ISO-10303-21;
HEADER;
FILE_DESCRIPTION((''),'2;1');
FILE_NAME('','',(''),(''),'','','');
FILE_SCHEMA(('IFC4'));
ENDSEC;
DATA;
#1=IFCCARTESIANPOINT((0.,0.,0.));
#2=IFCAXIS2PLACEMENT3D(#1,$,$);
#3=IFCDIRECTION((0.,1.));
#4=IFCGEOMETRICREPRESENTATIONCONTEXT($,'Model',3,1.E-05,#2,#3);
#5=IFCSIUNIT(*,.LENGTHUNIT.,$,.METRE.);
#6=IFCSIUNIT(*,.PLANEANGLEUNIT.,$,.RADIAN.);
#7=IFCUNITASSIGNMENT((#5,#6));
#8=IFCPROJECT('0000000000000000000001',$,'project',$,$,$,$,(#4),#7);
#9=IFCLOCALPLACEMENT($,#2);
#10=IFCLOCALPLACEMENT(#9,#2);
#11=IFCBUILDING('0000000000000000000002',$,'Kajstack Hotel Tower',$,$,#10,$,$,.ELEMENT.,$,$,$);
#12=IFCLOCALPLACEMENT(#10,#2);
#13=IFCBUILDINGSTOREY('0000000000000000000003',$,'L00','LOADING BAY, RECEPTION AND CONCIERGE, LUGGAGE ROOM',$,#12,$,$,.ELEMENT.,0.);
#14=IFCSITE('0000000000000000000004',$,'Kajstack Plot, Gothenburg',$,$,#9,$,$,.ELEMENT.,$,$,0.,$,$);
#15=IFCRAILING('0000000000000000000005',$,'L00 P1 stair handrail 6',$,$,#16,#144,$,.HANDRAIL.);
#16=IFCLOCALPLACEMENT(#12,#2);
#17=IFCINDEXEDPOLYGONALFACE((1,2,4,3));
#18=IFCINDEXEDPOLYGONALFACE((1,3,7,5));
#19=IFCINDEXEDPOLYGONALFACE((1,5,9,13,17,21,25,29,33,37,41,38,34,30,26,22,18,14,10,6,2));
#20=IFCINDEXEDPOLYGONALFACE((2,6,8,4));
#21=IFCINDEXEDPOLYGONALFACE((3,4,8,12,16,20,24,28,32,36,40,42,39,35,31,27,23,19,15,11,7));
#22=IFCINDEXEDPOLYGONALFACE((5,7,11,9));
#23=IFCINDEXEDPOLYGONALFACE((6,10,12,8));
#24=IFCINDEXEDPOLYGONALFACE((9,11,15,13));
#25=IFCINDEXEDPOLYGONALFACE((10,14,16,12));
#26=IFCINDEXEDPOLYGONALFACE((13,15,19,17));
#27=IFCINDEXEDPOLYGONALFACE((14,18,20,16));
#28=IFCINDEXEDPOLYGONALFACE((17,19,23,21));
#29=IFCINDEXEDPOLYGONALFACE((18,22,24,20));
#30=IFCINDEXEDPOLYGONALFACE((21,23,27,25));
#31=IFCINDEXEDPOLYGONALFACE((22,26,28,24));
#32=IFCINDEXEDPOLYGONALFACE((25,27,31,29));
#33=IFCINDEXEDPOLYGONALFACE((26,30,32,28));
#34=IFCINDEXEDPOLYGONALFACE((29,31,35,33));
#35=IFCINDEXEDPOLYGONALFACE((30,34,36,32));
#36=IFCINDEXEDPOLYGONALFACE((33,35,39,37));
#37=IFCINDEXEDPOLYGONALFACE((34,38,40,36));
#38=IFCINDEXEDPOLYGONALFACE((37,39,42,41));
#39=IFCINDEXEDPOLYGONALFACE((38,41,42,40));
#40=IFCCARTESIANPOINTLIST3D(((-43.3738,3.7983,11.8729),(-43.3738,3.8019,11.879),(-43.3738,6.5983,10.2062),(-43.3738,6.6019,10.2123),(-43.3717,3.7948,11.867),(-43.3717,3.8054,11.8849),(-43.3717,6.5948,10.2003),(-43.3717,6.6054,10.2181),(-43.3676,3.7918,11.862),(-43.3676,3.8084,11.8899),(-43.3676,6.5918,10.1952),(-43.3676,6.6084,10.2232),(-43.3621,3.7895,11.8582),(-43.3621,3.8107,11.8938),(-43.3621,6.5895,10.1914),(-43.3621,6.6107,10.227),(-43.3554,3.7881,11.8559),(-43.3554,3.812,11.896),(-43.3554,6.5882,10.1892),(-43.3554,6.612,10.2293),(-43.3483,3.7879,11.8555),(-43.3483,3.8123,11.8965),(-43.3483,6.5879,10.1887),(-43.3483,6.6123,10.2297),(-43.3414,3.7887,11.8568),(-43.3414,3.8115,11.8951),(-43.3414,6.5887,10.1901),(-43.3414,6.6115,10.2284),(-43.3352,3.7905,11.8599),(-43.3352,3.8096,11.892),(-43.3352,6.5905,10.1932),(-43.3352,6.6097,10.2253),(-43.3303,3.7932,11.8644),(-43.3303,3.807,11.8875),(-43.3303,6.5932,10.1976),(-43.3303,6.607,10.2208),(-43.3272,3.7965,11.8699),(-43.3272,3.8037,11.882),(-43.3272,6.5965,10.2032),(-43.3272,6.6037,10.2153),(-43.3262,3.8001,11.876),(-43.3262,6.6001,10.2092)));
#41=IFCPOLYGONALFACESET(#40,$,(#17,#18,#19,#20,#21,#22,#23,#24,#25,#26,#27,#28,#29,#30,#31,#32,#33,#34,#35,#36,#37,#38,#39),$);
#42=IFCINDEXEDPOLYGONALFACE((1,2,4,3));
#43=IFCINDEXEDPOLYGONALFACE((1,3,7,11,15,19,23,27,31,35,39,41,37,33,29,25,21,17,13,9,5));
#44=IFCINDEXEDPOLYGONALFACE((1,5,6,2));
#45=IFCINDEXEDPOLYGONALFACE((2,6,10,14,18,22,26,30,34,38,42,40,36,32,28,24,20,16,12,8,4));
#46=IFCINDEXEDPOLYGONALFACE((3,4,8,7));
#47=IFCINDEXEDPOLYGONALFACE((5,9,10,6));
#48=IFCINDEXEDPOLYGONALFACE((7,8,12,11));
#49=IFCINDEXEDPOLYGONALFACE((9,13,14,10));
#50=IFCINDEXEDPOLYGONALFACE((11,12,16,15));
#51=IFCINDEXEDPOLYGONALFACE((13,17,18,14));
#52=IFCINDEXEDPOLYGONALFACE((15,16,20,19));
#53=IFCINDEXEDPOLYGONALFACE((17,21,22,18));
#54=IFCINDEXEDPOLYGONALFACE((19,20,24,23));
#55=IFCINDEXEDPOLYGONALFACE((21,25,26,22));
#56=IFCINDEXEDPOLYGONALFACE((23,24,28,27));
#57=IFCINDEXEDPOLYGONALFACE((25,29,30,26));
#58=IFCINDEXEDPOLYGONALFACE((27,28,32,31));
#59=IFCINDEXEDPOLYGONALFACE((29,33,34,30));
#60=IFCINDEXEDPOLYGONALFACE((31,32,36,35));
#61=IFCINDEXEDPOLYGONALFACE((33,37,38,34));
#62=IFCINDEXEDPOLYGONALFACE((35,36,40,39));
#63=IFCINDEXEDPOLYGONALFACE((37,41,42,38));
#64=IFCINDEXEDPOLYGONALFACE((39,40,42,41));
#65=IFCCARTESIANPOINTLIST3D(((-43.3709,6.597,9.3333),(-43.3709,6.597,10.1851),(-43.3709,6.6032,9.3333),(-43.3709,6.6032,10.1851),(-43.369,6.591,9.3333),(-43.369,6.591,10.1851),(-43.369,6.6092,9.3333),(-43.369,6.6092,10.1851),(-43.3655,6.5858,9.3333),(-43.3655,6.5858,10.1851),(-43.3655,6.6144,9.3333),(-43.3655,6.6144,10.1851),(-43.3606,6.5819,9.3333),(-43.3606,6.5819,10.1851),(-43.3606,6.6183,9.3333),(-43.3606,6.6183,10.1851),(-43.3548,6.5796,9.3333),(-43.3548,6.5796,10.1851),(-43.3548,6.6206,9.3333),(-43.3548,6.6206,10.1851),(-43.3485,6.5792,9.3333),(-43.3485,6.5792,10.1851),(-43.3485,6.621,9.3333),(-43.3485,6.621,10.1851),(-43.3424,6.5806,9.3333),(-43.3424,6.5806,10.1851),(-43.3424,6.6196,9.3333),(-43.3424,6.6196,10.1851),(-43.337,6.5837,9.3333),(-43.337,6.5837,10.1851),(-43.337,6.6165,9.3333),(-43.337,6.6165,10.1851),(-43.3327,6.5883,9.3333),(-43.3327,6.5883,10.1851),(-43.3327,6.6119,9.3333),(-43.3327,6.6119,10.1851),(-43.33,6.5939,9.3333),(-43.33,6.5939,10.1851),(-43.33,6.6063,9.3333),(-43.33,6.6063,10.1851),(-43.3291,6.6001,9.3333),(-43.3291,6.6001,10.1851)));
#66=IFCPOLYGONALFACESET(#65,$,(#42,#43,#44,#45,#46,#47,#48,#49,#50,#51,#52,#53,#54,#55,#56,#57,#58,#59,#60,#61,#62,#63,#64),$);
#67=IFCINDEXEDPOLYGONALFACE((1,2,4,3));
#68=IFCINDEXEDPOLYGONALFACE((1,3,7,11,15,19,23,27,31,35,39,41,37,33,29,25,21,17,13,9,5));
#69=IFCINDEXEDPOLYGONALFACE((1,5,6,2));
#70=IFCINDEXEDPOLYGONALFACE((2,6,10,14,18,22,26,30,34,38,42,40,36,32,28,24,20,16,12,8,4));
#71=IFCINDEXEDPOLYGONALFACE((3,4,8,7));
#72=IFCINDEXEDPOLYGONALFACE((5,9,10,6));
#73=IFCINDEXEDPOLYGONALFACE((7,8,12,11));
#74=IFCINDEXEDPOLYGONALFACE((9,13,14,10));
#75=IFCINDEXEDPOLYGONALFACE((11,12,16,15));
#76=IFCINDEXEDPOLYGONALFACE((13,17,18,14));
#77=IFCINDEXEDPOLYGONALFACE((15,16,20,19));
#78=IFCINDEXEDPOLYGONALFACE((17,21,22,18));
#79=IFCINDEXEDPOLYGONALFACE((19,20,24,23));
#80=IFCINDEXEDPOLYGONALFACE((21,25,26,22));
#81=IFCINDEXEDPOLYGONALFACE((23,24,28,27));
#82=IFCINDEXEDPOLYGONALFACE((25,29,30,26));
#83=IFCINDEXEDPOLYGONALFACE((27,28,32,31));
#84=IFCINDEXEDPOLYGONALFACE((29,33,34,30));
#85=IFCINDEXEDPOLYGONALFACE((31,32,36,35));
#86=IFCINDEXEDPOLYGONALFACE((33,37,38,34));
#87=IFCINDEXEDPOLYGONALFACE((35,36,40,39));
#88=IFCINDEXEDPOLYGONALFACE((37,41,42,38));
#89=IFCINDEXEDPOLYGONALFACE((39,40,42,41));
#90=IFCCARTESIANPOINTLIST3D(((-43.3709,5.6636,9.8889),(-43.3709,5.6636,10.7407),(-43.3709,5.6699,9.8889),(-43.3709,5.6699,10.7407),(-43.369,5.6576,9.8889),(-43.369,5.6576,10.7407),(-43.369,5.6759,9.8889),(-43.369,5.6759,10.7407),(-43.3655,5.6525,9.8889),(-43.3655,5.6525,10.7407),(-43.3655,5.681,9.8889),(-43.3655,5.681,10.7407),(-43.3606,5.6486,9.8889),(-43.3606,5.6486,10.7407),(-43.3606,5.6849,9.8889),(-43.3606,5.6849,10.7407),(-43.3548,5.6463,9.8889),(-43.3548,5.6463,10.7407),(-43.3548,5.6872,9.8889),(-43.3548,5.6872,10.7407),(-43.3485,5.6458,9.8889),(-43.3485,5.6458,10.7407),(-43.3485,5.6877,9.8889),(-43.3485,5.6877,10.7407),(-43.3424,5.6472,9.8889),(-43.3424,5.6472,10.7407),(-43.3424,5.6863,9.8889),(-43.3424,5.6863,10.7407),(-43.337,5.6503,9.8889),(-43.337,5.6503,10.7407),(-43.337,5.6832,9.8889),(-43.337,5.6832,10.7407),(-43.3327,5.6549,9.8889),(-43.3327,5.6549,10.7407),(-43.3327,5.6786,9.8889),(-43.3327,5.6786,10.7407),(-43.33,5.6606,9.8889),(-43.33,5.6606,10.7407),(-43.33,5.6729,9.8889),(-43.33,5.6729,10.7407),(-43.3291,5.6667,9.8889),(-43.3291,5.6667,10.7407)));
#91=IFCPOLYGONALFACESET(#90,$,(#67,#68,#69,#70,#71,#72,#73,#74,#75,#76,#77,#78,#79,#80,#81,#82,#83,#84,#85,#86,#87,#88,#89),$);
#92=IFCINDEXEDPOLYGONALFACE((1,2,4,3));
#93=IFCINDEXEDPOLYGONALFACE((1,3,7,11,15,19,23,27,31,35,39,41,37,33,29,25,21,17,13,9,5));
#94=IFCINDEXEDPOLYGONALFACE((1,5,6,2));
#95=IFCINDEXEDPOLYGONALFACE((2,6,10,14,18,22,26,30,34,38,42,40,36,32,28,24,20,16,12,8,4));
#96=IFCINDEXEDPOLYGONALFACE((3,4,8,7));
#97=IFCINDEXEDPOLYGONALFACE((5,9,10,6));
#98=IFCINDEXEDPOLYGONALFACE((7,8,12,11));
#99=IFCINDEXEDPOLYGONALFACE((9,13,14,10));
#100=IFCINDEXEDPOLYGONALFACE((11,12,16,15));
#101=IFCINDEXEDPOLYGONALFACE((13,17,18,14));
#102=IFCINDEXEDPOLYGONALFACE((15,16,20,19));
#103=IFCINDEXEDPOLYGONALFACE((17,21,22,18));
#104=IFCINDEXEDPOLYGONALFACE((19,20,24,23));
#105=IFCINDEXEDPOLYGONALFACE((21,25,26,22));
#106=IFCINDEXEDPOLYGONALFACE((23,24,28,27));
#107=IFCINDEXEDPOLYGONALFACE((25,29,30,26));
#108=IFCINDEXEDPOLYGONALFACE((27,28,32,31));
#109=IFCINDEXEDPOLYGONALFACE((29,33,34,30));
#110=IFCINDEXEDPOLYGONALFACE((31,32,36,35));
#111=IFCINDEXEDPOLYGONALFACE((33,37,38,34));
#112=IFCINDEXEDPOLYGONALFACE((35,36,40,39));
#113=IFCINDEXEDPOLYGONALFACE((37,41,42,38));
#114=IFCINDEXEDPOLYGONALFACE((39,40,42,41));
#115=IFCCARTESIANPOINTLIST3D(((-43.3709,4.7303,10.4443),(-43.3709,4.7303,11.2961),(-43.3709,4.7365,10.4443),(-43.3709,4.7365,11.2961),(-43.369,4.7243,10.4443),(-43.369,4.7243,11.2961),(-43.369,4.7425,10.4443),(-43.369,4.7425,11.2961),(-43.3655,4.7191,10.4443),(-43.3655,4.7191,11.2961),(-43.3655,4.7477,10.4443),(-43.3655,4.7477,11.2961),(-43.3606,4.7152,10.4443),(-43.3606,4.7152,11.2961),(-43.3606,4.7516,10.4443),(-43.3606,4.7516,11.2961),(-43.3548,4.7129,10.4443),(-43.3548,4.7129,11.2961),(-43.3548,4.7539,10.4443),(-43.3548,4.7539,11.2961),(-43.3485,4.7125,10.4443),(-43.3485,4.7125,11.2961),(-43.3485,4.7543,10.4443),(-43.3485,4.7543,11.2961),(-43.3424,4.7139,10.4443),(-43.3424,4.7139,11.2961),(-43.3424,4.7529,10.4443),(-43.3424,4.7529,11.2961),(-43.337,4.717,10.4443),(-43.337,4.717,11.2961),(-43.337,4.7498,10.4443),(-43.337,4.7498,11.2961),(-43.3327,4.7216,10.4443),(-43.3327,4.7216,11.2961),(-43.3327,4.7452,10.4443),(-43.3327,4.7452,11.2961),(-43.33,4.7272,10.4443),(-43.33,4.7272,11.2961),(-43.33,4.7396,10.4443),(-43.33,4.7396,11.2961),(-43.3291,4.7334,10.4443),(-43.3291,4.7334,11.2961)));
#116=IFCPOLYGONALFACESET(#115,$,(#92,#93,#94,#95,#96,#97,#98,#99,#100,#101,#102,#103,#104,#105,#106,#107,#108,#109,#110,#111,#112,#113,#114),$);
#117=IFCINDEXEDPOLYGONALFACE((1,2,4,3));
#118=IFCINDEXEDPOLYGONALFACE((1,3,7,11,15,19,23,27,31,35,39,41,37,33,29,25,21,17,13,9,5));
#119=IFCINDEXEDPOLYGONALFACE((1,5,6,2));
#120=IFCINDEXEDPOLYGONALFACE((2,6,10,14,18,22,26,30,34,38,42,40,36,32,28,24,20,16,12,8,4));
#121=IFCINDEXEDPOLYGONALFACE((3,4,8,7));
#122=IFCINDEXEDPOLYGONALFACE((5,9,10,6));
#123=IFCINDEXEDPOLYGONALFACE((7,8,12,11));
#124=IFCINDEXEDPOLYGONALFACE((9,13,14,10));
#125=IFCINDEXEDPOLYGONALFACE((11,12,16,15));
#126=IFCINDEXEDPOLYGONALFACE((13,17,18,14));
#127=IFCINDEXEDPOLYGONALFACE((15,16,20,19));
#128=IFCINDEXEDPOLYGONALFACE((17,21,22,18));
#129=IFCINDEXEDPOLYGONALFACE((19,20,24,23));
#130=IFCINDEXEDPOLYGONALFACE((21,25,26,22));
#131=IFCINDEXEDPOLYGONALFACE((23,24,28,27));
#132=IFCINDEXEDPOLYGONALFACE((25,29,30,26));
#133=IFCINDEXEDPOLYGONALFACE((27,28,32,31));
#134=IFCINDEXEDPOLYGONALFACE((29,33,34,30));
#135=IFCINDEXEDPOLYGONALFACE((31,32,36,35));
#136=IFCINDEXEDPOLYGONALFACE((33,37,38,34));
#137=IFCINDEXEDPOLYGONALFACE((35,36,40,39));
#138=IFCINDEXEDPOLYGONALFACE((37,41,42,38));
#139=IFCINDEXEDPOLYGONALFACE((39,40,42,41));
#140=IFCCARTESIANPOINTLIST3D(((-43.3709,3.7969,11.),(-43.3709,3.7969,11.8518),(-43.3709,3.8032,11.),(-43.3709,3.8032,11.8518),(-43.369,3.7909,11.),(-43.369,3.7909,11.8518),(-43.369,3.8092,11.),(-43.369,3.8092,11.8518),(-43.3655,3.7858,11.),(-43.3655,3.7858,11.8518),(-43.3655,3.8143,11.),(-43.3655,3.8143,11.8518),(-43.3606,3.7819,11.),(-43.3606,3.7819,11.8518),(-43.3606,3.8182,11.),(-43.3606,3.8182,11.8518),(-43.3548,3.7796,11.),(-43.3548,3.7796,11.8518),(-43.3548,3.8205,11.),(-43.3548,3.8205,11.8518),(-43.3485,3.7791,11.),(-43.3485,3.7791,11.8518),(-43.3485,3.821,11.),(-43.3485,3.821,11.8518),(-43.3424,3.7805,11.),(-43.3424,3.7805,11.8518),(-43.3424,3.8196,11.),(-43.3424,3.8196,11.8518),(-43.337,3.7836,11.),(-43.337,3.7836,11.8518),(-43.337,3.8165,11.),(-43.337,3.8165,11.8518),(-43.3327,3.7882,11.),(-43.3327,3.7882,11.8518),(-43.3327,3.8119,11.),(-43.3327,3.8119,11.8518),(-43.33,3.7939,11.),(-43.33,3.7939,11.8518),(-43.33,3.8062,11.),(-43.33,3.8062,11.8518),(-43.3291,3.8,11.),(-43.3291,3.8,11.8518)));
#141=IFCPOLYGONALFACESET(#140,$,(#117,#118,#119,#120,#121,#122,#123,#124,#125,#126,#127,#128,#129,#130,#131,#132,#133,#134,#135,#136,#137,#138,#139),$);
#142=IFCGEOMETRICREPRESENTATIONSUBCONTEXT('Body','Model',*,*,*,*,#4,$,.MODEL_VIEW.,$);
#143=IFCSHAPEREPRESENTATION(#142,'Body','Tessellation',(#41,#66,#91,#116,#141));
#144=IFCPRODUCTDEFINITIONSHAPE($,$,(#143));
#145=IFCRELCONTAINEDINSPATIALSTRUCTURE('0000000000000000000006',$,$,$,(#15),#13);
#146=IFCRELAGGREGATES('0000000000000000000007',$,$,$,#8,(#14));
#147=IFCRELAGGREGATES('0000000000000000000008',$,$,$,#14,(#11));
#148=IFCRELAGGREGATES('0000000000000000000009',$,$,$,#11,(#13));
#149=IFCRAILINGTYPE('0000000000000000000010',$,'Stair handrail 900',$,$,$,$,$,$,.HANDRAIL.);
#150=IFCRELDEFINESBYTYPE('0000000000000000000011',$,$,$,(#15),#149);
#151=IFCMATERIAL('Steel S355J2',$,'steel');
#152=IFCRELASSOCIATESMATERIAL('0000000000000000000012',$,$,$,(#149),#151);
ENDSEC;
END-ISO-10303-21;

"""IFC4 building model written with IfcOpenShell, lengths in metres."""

from ifc_helpers import new_model, si_unit, direction, frame, origin, origin_2d, place, context, subcontext, project, spatial, circle, extrude, material, type_object, element, save


model = new_model("IFC4")

# Units and contexts
model_context = context("Model", 3, precision=1e-05, world=origin(), true_north=direction((0.0, 1.0)))
body_context = subcontext(model_context, "Body", "Model", "MODEL_VIEW")
ifc_project = project(units=[si_unit("LENGTHUNIT", "METRE"), si_unit("PLANEANGLEUNIT", "RADIAN")], contexts=[model_context])

# Site, building, storey
site_placement = place(None, origin())
site = spatial("IfcSite", under=ifc_project, at=site_placement, Name="Kajstack Plot, Gothenburg", CompositionType="ELEMENT", RefElevation=0.0)
building_placement = place(site_placement, origin())
building = spatial("IfcBuilding", under=site, at=building_placement, Name="Kajstack Hotel Tower", CompositionType="ELEMENT")
storey_placement = place(building_placement, origin())
storey = spatial("IfcBuildingStorey", under=building, at=storey_placement, Name="L00", Description="LOADING BAY, RECEPTION AND CONCIERGE, LUGGAGE ROOM", CompositionType="ELEMENT", Elevation=0.0)

# Railing
ifc_material_1 = material(Name="Steel S355J2", Category="steel")
railing_type_1 = type_object("IfcRailingType", Name="Stair handrail 900", PredefinedType="HANDRAIL", material=ifc_material_1)
railing_1_placement = place(storey_placement, frame((-43.3501, 6.6001, 9.3333)))
element("IfcRailing", 1, at=railing_1_placement, inside=storey, type_object=railing_type_1, Name="L00 P1 stair handrail 6", PredefinedType="HANDRAIL", context=body_context, shape_type="SweptSolid", body=[
    extrude(circle(Radius=0.0239, at=origin_2d()), frame((0.0, 0.0, 0.876), z_axis=(0.0, -0.859286, 0.511496), x_axis=(1.0, 0.0, 0.0)), (0.0, 0.0, 1.0), 3.2585),
    extrude(circle(Radius=0.021, at=origin_2d()), origin(), (0.0, 0.0, 1.0), 0.8518),
    extrude(circle(Radius=0.021, at=origin_2d()), frame((0.0, -0.9333, 0.5557)), (0.0, 0.0, 1.0), 0.8518),
    extrude(circle(Radius=0.021, at=origin_2d()), frame((0.0, -1.8667, 1.1111)), (0.0, 0.0, 1.0), 0.8518),
    extrude(circle(Radius=0.021, at=origin_2d()), frame((0.0, -2.8, 1.6667)), (0.0, 0.0, 1.0), 0.8518),
])

save(model, "model.ifc")
